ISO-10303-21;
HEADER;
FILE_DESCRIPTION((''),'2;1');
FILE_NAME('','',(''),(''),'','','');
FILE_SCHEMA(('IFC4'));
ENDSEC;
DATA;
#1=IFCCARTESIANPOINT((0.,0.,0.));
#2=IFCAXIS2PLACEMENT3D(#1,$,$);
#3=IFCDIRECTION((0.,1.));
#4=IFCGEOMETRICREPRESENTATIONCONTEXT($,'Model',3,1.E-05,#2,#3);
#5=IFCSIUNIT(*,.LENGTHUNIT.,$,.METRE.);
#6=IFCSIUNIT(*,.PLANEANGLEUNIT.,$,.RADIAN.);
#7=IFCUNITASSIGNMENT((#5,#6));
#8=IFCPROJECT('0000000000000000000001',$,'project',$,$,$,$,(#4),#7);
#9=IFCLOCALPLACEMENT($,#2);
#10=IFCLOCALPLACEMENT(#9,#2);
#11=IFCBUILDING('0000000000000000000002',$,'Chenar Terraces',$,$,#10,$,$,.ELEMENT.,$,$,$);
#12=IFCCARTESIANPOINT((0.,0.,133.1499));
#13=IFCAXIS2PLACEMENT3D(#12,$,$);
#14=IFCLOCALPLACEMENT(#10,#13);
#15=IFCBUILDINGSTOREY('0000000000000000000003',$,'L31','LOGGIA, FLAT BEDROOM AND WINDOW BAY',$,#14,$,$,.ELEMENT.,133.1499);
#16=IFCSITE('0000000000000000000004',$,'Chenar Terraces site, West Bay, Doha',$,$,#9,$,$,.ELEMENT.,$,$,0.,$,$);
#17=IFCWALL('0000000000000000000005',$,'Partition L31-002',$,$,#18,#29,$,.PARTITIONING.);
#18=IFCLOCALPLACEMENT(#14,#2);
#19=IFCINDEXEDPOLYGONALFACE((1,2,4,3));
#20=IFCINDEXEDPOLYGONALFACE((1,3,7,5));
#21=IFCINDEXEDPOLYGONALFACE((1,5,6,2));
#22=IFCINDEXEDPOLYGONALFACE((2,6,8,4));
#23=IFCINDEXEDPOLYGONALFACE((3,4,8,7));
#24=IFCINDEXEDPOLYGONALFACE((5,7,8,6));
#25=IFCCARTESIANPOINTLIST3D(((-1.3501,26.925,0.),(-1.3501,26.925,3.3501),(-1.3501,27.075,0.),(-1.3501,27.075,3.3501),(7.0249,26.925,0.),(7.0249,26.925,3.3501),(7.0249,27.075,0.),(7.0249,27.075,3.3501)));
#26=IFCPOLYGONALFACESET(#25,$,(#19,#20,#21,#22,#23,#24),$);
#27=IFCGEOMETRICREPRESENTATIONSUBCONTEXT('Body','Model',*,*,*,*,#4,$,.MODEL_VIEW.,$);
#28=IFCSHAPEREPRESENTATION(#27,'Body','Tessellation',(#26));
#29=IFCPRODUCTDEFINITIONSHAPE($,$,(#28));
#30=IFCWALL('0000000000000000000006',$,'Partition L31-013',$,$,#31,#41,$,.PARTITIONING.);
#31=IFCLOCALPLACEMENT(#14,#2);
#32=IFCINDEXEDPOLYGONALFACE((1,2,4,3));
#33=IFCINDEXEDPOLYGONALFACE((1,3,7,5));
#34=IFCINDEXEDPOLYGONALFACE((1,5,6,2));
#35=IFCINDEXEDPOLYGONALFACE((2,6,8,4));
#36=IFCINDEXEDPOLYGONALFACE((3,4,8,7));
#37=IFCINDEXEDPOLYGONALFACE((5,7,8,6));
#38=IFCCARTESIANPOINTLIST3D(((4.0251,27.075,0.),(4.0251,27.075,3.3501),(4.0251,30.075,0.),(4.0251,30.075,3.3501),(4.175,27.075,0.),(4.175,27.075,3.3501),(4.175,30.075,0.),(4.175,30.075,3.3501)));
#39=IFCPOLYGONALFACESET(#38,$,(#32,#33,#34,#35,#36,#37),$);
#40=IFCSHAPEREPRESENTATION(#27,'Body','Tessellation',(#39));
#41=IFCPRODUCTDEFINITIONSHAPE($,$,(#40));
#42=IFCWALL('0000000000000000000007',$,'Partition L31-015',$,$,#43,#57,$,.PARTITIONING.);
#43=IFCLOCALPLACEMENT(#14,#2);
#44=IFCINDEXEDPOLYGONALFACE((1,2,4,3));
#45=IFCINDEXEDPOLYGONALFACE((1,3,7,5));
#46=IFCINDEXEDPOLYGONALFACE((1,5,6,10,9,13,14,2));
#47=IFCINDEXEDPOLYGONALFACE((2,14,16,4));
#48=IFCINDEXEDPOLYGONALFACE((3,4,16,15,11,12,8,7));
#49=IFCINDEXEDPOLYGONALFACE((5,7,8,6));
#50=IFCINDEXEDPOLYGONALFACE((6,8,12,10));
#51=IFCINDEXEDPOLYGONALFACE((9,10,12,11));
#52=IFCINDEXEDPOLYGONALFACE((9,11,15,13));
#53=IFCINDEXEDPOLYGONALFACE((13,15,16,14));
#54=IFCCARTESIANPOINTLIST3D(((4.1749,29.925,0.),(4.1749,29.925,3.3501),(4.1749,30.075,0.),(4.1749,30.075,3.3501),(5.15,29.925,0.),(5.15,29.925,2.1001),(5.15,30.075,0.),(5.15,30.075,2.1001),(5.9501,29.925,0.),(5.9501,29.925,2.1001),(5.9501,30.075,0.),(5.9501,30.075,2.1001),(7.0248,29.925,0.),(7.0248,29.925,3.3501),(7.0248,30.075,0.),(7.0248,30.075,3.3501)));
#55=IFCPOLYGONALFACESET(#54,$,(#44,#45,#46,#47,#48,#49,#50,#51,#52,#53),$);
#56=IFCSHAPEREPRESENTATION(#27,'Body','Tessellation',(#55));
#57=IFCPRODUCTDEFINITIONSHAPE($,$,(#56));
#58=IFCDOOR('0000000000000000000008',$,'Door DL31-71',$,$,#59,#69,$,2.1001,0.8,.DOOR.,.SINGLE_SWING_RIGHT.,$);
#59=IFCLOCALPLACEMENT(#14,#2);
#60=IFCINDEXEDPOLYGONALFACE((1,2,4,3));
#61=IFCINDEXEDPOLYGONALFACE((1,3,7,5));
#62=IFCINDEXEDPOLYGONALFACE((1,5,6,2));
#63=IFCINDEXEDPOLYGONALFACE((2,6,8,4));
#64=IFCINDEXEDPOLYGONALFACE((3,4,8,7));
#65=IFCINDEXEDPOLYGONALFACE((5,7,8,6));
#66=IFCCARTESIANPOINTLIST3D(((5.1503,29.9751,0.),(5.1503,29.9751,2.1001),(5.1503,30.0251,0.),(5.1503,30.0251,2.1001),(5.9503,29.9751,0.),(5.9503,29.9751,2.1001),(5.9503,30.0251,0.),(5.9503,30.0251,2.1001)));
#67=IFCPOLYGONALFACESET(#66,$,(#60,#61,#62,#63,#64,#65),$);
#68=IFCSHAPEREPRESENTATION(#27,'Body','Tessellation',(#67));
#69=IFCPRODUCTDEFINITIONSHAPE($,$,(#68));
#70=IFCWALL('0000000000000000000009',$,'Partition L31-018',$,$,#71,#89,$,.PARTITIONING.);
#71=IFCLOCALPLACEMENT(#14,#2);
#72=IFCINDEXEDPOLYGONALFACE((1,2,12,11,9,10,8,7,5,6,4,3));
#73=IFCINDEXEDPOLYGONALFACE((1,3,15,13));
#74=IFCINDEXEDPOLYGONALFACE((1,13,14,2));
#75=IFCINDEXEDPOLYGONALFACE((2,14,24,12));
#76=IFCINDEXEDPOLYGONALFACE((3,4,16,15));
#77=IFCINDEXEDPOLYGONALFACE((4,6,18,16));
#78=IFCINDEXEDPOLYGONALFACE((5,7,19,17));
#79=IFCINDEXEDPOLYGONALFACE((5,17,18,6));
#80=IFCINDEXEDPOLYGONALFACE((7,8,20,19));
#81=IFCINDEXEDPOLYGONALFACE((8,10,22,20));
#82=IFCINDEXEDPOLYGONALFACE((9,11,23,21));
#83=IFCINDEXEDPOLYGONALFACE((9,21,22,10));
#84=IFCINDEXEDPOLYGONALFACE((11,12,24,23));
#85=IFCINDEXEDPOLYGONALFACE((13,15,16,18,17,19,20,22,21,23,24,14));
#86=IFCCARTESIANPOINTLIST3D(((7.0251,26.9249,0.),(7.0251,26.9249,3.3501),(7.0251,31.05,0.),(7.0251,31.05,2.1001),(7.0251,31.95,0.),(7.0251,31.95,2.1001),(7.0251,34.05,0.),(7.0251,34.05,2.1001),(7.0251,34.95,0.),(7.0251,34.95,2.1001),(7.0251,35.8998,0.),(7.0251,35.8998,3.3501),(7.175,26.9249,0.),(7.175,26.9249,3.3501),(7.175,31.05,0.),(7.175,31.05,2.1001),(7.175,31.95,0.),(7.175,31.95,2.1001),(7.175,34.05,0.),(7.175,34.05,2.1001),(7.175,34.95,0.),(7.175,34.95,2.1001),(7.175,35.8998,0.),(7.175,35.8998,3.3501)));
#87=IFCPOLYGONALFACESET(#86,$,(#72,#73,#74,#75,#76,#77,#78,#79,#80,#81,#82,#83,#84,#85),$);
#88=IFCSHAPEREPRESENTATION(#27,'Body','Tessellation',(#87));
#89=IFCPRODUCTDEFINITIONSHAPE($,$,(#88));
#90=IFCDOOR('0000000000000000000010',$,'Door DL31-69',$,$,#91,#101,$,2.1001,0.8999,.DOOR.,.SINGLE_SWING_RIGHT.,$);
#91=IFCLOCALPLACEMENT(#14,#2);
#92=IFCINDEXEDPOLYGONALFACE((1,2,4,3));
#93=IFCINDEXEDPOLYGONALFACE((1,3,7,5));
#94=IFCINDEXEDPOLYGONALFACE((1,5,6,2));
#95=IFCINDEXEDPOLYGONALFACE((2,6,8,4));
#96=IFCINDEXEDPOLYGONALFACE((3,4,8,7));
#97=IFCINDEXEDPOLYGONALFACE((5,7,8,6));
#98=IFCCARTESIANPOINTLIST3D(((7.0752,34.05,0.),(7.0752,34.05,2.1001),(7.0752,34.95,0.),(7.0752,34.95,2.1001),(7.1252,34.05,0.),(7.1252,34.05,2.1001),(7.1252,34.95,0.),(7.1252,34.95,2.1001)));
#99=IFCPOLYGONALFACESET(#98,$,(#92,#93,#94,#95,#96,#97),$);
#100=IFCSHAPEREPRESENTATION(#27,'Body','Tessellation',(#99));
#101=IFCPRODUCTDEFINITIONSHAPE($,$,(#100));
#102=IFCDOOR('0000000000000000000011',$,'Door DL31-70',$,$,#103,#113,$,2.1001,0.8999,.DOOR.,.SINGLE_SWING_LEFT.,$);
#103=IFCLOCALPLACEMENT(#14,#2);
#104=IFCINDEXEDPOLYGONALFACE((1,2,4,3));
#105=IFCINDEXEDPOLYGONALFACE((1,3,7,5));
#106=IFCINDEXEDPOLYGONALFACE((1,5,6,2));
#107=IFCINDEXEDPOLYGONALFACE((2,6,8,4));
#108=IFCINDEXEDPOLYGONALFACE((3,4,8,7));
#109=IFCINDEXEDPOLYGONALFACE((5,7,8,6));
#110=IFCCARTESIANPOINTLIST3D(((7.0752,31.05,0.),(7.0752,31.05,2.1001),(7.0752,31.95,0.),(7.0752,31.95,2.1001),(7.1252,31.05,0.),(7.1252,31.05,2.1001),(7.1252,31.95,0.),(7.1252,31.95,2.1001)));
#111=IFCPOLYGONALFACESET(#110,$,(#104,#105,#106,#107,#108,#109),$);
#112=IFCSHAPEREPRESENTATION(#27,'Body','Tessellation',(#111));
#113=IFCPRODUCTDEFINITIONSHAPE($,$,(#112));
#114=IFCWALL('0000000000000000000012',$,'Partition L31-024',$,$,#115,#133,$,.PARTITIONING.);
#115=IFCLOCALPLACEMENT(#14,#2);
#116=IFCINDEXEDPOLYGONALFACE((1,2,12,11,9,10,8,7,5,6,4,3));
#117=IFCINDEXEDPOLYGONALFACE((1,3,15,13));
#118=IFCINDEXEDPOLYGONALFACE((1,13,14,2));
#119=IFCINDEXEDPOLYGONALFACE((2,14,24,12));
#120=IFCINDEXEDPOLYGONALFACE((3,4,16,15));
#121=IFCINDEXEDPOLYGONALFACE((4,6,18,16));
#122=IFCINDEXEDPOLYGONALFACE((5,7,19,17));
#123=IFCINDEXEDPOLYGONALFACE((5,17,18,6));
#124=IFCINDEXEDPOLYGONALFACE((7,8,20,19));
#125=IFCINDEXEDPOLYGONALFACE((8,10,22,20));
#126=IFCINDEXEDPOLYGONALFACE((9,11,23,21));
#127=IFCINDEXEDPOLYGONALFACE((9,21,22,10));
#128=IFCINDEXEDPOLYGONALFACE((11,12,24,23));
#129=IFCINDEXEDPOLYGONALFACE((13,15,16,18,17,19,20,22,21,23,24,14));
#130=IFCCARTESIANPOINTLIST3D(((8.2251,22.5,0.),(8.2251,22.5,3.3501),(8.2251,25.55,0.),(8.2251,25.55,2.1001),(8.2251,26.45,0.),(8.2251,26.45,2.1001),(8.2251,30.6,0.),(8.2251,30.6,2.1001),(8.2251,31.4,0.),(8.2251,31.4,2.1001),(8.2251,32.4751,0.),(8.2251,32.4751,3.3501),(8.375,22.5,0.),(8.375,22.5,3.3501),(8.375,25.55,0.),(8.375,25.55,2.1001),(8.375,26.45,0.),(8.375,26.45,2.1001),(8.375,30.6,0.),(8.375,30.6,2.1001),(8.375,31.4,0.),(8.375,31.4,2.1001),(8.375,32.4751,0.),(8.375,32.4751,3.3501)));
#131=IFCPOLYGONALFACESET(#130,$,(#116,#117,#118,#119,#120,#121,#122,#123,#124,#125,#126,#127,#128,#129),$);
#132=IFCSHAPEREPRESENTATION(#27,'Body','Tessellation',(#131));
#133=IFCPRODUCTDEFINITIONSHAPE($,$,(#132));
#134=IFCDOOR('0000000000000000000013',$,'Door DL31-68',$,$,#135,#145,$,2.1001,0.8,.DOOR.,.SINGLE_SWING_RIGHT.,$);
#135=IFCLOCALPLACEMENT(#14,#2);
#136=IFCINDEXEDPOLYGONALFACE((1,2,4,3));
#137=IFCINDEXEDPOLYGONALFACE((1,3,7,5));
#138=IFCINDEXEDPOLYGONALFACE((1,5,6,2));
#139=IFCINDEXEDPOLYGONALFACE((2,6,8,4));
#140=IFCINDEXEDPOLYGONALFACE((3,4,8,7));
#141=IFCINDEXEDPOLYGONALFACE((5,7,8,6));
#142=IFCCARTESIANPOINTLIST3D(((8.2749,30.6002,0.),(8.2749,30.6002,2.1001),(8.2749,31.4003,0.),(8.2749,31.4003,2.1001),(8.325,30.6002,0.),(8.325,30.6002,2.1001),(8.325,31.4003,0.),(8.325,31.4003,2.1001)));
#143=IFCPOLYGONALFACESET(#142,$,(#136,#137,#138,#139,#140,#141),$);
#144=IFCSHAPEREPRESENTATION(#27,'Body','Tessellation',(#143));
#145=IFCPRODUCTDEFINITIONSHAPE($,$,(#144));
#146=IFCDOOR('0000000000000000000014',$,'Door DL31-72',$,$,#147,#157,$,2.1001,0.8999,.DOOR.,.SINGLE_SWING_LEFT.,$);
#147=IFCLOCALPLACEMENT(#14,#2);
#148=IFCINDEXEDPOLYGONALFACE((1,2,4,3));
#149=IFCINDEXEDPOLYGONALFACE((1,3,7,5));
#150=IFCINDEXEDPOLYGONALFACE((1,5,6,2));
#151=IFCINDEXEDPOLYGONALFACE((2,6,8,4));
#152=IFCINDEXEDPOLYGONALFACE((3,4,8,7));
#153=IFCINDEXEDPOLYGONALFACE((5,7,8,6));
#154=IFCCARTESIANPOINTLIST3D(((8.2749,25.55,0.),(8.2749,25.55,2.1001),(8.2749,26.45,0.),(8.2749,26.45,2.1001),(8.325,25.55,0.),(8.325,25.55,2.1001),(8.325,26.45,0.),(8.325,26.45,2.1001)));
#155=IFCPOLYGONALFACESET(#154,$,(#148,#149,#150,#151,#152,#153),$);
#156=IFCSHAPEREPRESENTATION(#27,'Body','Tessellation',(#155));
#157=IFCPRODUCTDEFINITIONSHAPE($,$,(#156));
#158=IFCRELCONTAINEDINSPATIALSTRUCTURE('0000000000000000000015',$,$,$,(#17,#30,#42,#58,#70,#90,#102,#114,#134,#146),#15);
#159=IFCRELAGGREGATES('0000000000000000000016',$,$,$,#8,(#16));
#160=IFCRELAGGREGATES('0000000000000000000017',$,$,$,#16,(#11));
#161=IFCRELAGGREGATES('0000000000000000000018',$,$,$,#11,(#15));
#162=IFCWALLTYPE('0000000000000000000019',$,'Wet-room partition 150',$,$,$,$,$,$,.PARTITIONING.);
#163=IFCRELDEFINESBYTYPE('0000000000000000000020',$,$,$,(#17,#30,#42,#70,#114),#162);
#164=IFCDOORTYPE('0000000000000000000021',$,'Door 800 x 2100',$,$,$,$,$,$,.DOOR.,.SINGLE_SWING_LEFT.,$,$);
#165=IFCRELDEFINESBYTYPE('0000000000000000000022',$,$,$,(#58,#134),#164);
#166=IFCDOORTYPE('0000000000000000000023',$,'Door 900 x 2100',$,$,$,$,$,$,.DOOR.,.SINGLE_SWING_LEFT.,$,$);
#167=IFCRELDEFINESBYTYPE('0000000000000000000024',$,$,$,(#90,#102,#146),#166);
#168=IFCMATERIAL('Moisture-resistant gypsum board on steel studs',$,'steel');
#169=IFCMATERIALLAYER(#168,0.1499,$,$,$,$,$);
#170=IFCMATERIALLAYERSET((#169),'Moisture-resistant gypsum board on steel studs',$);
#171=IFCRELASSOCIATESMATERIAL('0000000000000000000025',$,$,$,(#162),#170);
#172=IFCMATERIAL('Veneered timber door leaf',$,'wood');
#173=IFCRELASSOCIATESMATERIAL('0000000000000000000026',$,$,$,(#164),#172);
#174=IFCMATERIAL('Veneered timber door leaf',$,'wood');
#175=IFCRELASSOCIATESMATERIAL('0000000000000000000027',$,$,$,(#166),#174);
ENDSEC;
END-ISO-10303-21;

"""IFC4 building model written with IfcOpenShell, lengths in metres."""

from ifc_helpers import new_model, si_unit, direction, frame, frame_2d, origin, place, context, subcontext, project, spatial, rectangle, extrude, material, layer, layer_set, type_object, element, fill, save


model = new_model("IFC4")

# Units and contexts
model_context = context("Model", 3, precision=1e-05, world=origin(), true_north=direction((0.0, 1.0)))
body_context = subcontext(model_context, "Body", "Model", "MODEL_VIEW")
ifc_project = project(units=[si_unit("LENGTHUNIT", "METRE"), si_unit("PLANEANGLEUNIT", "RADIAN")], contexts=[model_context])

# Site, building, storey
site_placement = place(None, origin())
site = spatial("IfcSite", under=ifc_project, at=site_placement, Name="Chenar Terraces site, West Bay, Doha", CompositionType="ELEMENT", RefElevation=0.0)
building_placement = place(site_placement, origin())
building = spatial("IfcBuilding", under=site, at=building_placement, Name="Chenar Terraces", CompositionType="ELEMENT")
storey_placement = place(building_placement, frame((0.0, 0.0, 133.1499)))
storey = spatial("IfcBuildingStorey", under=building, at=storey_placement, Name="L31", Description="LOGGIA, FLAT BEDROOM AND WINDOW BAY", CompositionType="ELEMENT", Elevation=133.1499)

# Walls
ifc_material_1 = material(Name="Moisture-resistant gypsum board on steel studs", Category="steel")
ifc_layer_1 = layer(ifc_material_1, 0.1499)
ifc_layer_set_1 = layer_set([ifc_layer_1], Name="Moisture-resistant gypsum board on steel studs")
wall_type_1 = type_object("IfcWallType", Name="Wet-room partition 150", PredefinedType="PARTITIONING", material=ifc_layer_set_1)
wall_1_placement = place(storey_placement, frame((-1.3501, 27.0, 0.0), z_axis=(0.0, 0.0, 1.0), x_axis=(1.0, 0.0, 0.0)))
element("IfcWall", 1, at=wall_1_placement, inside=storey, type_object=wall_type_1, Name="Partition L31-002", PredefinedType="PARTITIONING", context=body_context, shape_type="SweptSolid", body=[
    extrude(rectangle(XDim=8.375, YDim=0.1499, at=frame_2d((4.1875, 0.0))), origin(), (0.0, 0.0, 1.0), 3.3501),
])
wall_2_placement = place(storey_placement, frame((4.1001, 27.075, 0.0), z_axis=(0.0, 0.0, 1.0), x_axis=(0.0, 1.0, 0.0)))
element("IfcWall", 2, at=wall_2_placement, inside=storey, type_object=wall_type_1, Name="Partition L31-013", PredefinedType="PARTITIONING", context=body_context, shape_type="SweptSolid", body=[
    extrude(rectangle(XDim=3.0, YDim=0.1499, at=frame_2d((1.5, 0.0))), origin(), (0.0, 0.0, 1.0), 3.3501),
])

# Wall, opening, door
wall_3_placement = place(storey_placement, frame((4.175, 30.0, 0.0), z_axis=(0.0, 0.0, 1.0), x_axis=(1.0, 0.0, 0.0)))
wall_3 = element("IfcWall", 3, at=wall_3_placement, inside=storey, type_object=wall_type_1, Name="Partition L31-015", PredefinedType="PARTITIONING", context=body_context, shape_type="SweptSolid", body=[
    extrude(rectangle(XDim=2.8499, YDim=0.1499, at=frame_2d((1.4248, 0.0))), origin(), (0.0, 0.0, 1.0), 3.3501),
])
opening_1_placement = place(wall_3_placement, frame((0.9751, 0.0, 0.0)))
opening_1 = element("IfcOpeningElement", 4, at=opening_1_placement, cuts=wall_3, PredefinedType="OPENING", context=body_context, shape_type="SweptSolid", body=[
    extrude(rectangle(XDim=0.8, YDim=2.1001, at=frame_2d((0.3999, 1.05))), frame((0.0, 0.085, 0.0), z_axis=(0.0, -1.0, 0.0), x_axis=(1.0, 0.0, 0.0)), (0.0, 0.0, 1.0), 0.1699),
])
ifc_material_2 = material(Name="Veneered timber door leaf", Category="wood")
door_type_1 = type_object("IfcDoorType", Name="Door 800 x 2100", OperationType="SINGLE_SWING_LEFT", PredefinedType="DOOR", material=ifc_material_2)
door_1_placement = place(opening_1_placement, frame((0.8, 0.0, 0.0), z_axis=(0.0, 0.0, 1.0), x_axis=(-1.0, 0.0, 0.0)))
door_1 = element("IfcDoor", 5, at=door_1_placement, inside=storey, type_object=door_type_1, Name="Door DL31-71", OperationType="SINGLE_SWING_RIGHT", OverallHeight=2.1001, OverallWidth=0.8, PredefinedType="DOOR", context=body_context, shape_type="SweptSolid", body=[
    extrude(rectangle(XDim=0.8, YDim=2.1001, at=frame_2d((0.3999, 1.05))), frame((0.0, 0.0249, 0.0), z_axis=(0.0, -1.0, 0.0), x_axis=(1.0, 0.0, 0.0)), (0.0, 0.0, 1.0), 0.05),
])
fill(opening_1, door_1)

# Walls, openings, doors
wall_4_placement = place(storey_placement, frame((7.1001, 26.925, 0.0), z_axis=(0.0, 0.0, 1.0), x_axis=(0.0, 1.0, 0.0)))
wall_4 = element("IfcWall", 6, at=wall_4_placement, inside=storey, type_object=wall_type_1, Name="Partition L31-018", PredefinedType="PARTITIONING", context=body_context, shape_type="SweptSolid", body=[
    extrude(rectangle(XDim=8.9749, YDim=0.1499, at=frame_2d((4.4873, 0.0))), origin(), (0.0, 0.0, 1.0), 3.3501),
])
opening_2_placement = place(wall_4_placement, frame((7.125, 0.0, 0.0)))
opening_2 = element("IfcOpeningElement", 7, at=opening_2_placement, cuts=wall_4, PredefinedType="OPENING", context=body_context, shape_type="SweptSolid", body=[
    extrude(rectangle(XDim=0.8999, YDim=2.1001, at=frame_2d((0.45, 1.05))), frame((0.0, 0.085, 0.0), z_axis=(0.0, -1.0, 0.0), x_axis=(1.0, 0.0, 0.0)), (0.0, 0.0, 1.0), 0.1699),
])
opening_3_placement = place(wall_4_placement, frame((4.125, 0.0, 0.0)))
opening_3 = element("IfcOpeningElement", 8, at=opening_3_placement, cuts=wall_4, PredefinedType="OPENING", context=body_context, shape_type="SweptSolid", body=[
    extrude(rectangle(XDim=0.8999, YDim=2.1001, at=frame_2d((0.45, 1.05))), frame((0.0, 0.085, 0.0), z_axis=(0.0, -1.0, 0.0), x_axis=(1.0, 0.0, 0.0)), (0.0, 0.0, 1.0), 0.1699),
])
ifc_material_3 = material(Name="Veneered timber door leaf", Category="wood")
door_type_2 = type_object("IfcDoorType", Name="Door 900 x 2100", OperationType="SINGLE_SWING_LEFT", PredefinedType="DOOR", material=ifc_material_3)
door_2_placement = place(opening_2_placement, origin())
door_2 = element("IfcDoor", 9, at=door_2_placement, inside=storey, type_object=door_type_2, Name="Door DL31-69", OperationType="SINGLE_SWING_RIGHT", OverallHeight=2.1001, OverallWidth=0.8999, PredefinedType="DOOR", context=body_context, shape_type="SweptSolid", body=[
    extrude(rectangle(XDim=0.8999, YDim=2.1001, at=frame_2d((0.45, 1.05))), frame((0.0, 0.0249, 0.0), z_axis=(0.0, -1.0, 0.0), x_axis=(1.0, 0.0, 0.0)), (0.0, 0.0, 1.0), 0.05),
])
fill(opening_2, door_2)
door_3_placement = place(opening_3_placement, origin())
door_3 = element("IfcDoor", 10, at=door_3_placement, inside=storey, type_object=door_type_2, Name="Door DL31-70", OperationType="SINGLE_SWING_LEFT", OverallHeight=2.1001, OverallWidth=0.8999, PredefinedType="DOOR", context=body_context, shape_type="SweptSolid", body=[
    extrude(rectangle(XDim=0.8999, YDim=2.1001, at=frame_2d((0.45, 1.05))), frame((0.0, 0.0249, 0.0), z_axis=(0.0, -1.0, 0.0), x_axis=(1.0, 0.0, 0.0)), (0.0, 0.0, 1.0), 0.05),
])
fill(opening_3, door_3)
wall_5_placement = place(storey_placement, frame((8.3, 22.5, 0.0), z_axis=(0.0, 0.0, 1.0), x_axis=(0.0, 1.0, 0.0)))
wall_5 = element("IfcWall", 11, at=wall_5_placement, inside=storey, type_object=wall_type_1, Name="Partition L31-024", PredefinedType="PARTITIONING", context=body_context, shape_type="SweptSolid", body=[
    extrude(rectangle(XDim=9.9751, YDim=0.1499, at=frame_2d((4.9875, 0.0))), origin(), (0.0, 0.0, 1.0), 3.3501),
])
opening_4_placement = place(wall_5_placement, frame((8.1001, 0.0, 0.0)))
opening_4 = element("IfcOpeningElement", 12, at=opening_4_placement, cuts=wall_5, PredefinedType="OPENING", context=body_context, shape_type="SweptSolid", body=[
    extrude(rectangle(XDim=0.8, YDim=2.1001, at=frame_2d((0.3999, 1.05))), frame((0.0, 0.085, 0.0), z_axis=(0.0, -1.0, 0.0), x_axis=(1.0, 0.0, 0.0)), (0.0, 0.0, 1.0), 0.1699),
])
opening_5_placement = place(wall_5_placement, frame((3.05, 0.0, 0.0)))
opening_5 = element("IfcOpeningElement", 13, at=opening_5_placement, cuts=wall_5, PredefinedType="OPENING", context=body_context, shape_type="SweptSolid", body=[
    extrude(rectangle(XDim=0.8999, YDim=2.1001, at=frame_2d((0.45, 1.05))), frame((0.0, 0.085, 0.0), z_axis=(0.0, -1.0, 0.0), x_axis=(1.0, 0.0, 0.0)), (0.0, 0.0, 1.0), 0.1699),
])
door_4_placement = place(opening_4_placement, frame((0.8, 0.0, 0.0), z_axis=(0.0, 0.0, 1.0), x_axis=(-1.0, 0.0, 0.0)))
door_4 = element("IfcDoor", 14, at=door_4_placement, inside=storey, type_object=door_type_1, Name="Door DL31-68", OperationType="SINGLE_SWING_RIGHT", OverallHeight=2.1001, OverallWidth=0.8, PredefinedType="DOOR", context=body_context, shape_type="SweptSolid", body=[
    extrude(rectangle(XDim=0.8, YDim=2.1001, at=frame_2d((0.3999, 1.05))), frame((0.0, 0.0249, 0.0), z_axis=(0.0, -1.0, 0.0), x_axis=(1.0, 0.0, 0.0)), (0.0, 0.0, 1.0), 0.05),
])
fill(opening_4, door_4)
door_5_placement = place(opening_5_placement, frame((0.8999, 0.0, 0.0), z_axis=(0.0, 0.0, 1.0), x_axis=(-1.0, 0.0, 0.0)))
door_5 = element("IfcDoor", 15, at=door_5_placement, inside=storey, type_object=door_type_2, Name="Door DL31-72", OperationType="SINGLE_SWING_LEFT", OverallHeight=2.1001, OverallWidth=0.8999, PredefinedType="DOOR", context=body_context, shape_type="SweptSolid", body=[
    extrude(rectangle(XDim=0.8999, YDim=2.1001, at=frame_2d((0.45, 1.05))), frame((0.0, 0.0249, 0.0), z_axis=(0.0, -1.0, 0.0), x_axis=(1.0, 0.0, 0.0)), (0.0, 0.0, 1.0), 0.05),
])
fill(opening_5, door_5)

save(model, "model.ifc")
